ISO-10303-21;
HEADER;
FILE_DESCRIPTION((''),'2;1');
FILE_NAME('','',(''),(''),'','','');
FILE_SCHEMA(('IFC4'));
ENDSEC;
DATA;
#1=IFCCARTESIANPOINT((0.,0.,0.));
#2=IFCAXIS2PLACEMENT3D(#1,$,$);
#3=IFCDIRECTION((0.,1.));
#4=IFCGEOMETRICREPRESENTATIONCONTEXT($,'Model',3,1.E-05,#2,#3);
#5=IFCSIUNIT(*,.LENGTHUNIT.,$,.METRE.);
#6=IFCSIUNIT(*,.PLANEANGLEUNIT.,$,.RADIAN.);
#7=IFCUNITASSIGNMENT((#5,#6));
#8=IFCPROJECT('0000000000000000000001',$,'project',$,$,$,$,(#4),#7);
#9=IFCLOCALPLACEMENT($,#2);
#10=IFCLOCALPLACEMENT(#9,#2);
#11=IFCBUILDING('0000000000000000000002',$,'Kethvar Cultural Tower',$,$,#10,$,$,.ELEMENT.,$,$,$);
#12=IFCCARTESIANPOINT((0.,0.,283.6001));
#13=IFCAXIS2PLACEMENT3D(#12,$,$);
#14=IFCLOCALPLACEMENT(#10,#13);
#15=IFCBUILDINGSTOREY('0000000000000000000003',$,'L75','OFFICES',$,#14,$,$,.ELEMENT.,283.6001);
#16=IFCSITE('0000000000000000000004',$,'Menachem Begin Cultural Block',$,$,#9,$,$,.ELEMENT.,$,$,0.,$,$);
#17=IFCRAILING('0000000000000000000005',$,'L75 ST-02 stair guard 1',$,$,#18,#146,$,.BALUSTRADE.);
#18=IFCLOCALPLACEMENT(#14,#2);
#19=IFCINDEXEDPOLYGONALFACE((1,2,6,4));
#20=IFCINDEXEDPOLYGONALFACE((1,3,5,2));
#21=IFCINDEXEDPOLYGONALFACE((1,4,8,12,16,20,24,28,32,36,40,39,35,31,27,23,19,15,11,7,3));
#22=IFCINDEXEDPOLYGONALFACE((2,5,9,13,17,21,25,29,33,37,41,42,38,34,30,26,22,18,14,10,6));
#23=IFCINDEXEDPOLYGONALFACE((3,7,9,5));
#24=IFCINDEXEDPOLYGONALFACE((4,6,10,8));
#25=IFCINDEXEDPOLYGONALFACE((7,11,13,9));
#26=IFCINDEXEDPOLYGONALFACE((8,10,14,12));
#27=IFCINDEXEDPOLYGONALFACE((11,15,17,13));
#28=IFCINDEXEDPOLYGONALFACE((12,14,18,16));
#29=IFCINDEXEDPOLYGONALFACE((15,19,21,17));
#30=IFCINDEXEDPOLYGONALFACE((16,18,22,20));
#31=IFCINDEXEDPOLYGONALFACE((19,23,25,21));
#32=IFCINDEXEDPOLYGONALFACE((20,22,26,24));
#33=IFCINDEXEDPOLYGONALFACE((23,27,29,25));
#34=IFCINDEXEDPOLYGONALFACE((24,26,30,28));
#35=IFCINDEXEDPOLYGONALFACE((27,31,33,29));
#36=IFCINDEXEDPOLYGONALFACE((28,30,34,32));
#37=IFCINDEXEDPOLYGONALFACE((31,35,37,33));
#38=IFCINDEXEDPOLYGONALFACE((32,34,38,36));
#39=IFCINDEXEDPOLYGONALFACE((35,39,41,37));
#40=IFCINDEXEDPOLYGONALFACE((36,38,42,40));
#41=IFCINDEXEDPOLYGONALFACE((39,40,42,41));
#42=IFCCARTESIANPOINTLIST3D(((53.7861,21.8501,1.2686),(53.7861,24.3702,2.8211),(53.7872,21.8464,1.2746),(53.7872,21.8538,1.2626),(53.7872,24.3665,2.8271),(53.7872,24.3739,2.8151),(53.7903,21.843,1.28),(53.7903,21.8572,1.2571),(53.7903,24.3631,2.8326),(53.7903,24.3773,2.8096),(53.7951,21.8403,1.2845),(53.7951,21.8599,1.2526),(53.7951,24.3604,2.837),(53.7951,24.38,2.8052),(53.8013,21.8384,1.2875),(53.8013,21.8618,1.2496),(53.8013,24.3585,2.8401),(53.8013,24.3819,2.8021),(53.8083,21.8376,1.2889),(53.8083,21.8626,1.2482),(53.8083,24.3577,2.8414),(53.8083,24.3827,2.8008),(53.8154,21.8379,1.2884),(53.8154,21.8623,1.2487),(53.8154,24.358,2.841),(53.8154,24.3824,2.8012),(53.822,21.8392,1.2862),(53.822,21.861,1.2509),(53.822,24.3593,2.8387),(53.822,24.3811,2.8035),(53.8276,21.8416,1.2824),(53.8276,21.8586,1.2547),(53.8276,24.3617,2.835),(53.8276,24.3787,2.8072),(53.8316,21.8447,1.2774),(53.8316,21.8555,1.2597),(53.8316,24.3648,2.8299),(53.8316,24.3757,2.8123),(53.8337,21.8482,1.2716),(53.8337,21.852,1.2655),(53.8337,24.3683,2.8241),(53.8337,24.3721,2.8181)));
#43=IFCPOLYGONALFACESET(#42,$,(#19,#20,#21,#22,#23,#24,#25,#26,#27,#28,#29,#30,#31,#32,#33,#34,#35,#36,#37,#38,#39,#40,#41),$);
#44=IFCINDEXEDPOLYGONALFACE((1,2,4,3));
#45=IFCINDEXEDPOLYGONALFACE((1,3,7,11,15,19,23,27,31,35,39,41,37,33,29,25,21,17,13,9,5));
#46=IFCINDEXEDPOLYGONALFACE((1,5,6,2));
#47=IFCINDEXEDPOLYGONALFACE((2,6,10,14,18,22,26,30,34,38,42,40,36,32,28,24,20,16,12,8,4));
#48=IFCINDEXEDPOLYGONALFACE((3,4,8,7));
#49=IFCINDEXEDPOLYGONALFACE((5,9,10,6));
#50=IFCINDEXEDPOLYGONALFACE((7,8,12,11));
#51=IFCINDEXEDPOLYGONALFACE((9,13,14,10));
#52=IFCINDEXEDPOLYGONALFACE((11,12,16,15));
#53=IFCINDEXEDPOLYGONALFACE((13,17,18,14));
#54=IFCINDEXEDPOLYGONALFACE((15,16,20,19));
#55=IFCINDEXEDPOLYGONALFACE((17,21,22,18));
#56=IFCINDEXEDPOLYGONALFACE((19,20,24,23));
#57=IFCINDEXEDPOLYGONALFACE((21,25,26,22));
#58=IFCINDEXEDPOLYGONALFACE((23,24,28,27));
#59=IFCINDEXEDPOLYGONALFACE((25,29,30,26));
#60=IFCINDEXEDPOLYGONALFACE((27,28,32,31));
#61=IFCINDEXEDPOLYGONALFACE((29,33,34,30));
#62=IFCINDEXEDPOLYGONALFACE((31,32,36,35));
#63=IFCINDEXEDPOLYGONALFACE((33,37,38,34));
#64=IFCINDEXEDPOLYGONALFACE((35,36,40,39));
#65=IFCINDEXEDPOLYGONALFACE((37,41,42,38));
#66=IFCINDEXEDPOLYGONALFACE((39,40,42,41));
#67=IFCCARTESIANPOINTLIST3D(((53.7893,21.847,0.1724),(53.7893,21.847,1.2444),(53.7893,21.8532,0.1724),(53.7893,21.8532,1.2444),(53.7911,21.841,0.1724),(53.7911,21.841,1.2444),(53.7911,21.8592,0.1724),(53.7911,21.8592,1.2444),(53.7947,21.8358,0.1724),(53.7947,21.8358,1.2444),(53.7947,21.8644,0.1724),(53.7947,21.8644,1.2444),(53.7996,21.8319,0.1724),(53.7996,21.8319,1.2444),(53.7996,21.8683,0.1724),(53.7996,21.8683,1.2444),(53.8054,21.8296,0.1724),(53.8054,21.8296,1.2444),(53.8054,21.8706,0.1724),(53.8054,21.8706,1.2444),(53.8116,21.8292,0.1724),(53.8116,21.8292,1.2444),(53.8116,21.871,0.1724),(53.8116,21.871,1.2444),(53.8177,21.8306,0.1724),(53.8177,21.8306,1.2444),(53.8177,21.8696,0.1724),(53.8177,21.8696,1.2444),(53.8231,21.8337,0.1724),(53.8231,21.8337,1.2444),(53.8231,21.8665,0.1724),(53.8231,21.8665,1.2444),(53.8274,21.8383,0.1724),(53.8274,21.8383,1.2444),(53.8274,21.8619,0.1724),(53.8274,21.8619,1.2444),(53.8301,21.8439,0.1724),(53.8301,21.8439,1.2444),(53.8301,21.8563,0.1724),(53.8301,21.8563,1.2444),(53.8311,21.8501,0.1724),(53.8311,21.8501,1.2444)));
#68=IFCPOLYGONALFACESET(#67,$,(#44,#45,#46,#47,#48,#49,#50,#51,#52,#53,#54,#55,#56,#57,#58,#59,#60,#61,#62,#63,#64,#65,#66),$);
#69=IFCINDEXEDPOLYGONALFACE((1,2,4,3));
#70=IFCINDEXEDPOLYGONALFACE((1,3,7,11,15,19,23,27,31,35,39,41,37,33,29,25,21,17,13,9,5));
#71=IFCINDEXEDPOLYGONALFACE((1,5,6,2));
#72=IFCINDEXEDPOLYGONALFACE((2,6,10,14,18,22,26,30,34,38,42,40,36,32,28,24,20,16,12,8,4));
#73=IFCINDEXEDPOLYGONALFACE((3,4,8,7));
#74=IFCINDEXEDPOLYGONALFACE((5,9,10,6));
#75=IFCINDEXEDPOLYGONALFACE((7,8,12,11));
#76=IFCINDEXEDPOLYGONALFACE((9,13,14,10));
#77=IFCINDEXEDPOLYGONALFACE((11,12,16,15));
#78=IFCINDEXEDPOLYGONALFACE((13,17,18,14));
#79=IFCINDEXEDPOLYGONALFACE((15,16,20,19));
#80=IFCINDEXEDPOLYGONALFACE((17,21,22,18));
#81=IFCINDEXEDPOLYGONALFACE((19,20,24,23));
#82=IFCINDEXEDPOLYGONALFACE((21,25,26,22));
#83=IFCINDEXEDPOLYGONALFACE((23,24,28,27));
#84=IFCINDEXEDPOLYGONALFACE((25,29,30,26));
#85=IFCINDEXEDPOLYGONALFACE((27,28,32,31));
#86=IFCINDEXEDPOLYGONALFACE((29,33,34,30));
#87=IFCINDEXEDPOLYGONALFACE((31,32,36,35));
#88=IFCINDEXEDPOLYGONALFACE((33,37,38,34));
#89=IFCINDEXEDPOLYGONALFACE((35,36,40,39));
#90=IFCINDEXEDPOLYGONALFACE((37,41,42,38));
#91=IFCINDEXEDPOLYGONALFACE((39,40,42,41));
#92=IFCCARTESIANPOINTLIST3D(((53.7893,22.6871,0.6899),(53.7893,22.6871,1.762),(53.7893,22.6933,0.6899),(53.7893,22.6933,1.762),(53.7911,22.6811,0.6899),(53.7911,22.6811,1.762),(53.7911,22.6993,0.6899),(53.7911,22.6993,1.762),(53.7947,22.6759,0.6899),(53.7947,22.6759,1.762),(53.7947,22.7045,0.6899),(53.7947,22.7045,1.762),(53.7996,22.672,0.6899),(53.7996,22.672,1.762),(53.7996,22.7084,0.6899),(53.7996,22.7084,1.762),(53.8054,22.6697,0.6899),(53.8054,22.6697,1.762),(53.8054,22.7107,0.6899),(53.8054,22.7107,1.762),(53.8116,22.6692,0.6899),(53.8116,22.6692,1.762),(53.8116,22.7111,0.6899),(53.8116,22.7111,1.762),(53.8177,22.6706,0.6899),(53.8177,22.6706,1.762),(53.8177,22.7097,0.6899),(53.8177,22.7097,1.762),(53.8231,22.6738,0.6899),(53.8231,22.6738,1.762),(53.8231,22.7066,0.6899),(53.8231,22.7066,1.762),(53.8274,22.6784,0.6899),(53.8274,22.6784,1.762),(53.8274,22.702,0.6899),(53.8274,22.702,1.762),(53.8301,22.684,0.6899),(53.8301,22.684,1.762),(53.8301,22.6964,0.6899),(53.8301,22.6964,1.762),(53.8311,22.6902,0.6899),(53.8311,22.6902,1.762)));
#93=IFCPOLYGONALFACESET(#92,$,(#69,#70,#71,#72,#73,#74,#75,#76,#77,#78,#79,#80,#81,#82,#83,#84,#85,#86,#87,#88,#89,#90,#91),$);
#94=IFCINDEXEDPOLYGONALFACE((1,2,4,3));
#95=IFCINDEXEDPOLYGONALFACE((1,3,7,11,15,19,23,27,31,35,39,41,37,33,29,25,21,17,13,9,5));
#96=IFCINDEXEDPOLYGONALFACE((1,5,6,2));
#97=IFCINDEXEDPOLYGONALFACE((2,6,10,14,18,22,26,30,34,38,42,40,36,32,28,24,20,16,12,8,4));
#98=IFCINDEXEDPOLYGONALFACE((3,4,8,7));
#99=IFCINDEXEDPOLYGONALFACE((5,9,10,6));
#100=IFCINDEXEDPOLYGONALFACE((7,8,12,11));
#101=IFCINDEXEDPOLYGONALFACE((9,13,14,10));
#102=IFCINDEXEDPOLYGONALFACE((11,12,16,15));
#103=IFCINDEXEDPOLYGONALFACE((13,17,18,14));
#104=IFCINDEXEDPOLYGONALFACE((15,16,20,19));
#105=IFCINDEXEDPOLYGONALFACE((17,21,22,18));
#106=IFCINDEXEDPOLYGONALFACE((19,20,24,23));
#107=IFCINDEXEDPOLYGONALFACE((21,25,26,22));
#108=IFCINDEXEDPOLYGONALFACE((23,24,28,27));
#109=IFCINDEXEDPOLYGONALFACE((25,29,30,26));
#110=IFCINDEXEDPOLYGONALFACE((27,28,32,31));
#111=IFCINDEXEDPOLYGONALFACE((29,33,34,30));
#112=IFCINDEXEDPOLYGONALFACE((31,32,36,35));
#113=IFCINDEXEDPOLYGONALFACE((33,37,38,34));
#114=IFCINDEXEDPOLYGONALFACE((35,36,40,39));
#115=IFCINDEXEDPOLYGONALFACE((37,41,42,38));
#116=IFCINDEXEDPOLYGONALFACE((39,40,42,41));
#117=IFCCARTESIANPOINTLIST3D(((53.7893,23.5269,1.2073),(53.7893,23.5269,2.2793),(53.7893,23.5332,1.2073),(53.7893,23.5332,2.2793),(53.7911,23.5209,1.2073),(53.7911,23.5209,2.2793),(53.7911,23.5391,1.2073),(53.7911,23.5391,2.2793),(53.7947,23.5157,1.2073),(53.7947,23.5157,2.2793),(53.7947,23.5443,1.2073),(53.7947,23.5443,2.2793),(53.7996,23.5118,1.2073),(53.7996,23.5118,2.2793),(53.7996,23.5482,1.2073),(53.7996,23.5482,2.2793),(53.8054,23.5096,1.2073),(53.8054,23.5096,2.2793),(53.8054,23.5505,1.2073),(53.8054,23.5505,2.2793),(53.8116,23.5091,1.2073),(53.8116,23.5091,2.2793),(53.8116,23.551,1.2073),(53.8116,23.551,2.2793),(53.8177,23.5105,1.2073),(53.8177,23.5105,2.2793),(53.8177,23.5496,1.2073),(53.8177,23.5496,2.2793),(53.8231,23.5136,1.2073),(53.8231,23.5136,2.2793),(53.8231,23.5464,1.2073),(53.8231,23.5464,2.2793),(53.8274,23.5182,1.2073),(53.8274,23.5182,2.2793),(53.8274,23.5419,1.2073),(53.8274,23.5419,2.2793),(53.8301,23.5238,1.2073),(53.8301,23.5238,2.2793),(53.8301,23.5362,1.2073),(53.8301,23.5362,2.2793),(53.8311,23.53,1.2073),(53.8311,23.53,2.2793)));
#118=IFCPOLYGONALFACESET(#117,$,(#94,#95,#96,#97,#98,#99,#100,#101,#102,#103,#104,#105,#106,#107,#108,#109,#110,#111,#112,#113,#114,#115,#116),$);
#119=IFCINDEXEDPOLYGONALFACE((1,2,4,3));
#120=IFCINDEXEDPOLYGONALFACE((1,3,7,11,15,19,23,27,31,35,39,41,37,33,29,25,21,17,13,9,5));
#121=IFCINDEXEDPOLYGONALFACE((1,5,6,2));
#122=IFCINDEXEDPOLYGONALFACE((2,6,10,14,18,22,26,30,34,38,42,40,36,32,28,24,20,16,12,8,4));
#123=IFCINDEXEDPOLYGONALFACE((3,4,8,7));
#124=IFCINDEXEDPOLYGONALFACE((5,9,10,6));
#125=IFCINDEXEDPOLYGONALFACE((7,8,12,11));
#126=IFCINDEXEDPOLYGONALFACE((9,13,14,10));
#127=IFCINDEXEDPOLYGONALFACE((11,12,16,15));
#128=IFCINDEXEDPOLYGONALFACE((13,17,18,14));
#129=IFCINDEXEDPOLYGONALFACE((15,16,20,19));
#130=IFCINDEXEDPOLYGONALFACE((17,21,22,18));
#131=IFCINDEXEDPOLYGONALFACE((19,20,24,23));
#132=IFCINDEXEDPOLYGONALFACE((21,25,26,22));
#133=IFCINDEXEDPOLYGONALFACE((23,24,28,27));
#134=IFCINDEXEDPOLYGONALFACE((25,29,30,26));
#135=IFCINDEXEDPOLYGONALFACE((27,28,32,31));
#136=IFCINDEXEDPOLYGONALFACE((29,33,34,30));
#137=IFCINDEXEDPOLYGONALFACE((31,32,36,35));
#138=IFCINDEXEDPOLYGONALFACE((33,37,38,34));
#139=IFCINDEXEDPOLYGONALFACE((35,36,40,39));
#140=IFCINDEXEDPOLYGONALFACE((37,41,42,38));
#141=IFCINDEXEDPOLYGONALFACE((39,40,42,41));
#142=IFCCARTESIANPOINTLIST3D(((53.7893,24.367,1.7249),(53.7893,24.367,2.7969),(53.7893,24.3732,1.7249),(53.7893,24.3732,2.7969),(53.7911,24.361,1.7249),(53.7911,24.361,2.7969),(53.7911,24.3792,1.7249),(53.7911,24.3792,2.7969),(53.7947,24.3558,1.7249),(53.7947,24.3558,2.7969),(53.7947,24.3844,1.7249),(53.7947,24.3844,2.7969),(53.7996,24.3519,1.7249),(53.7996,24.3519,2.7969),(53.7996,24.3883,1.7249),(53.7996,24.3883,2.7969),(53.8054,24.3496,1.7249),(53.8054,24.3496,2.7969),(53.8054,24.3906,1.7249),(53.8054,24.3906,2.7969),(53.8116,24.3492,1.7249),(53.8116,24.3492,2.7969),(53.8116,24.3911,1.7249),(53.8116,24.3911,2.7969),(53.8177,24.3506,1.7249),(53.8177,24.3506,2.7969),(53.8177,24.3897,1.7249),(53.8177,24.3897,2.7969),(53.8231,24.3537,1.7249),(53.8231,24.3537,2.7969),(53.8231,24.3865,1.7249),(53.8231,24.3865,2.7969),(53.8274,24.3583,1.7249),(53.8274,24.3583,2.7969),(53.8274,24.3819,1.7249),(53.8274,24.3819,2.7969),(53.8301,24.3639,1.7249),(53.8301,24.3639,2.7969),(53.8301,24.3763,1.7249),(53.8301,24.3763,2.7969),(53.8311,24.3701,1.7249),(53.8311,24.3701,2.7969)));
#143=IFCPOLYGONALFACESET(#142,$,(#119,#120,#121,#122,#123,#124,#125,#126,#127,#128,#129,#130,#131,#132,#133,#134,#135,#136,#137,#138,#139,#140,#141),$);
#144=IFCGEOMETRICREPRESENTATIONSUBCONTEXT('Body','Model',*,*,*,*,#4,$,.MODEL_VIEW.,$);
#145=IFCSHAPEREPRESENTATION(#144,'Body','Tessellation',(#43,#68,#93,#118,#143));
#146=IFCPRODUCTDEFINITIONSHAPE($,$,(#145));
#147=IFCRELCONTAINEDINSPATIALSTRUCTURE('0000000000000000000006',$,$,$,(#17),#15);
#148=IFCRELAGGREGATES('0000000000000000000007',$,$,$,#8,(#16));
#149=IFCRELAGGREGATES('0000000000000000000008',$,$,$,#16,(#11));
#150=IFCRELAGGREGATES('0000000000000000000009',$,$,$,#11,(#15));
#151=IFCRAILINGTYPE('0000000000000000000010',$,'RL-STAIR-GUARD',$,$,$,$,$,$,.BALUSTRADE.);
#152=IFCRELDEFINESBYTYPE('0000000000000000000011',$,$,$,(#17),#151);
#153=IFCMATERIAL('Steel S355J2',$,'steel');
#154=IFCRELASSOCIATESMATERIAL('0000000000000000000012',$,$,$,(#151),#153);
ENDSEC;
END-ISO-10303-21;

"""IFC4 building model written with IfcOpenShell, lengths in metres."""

from ifc_helpers import new_model, si_unit, direction, frame, origin, origin_2d, place, context, subcontext, project, spatial, circle, extrude, material, type_object, element, save


model = new_model("IFC4")

# Units and contexts
model_context = context("Model", 3, precision=1e-05, world=origin(), true_north=direction((0.0, 1.0)))
body_context = subcontext(model_context, "Body", "Model", "MODEL_VIEW")
ifc_project = project(units=[si_unit("LENGTHUNIT", "METRE"), si_unit("PLANEANGLEUNIT", "RADIAN")], contexts=[model_context])

# Site, building, storey
site_placement = place(None, origin())
site = spatial("IfcSite", under=ifc_project, at=site_placement, Name="Menachem Begin Cultural Block", CompositionType="ELEMENT", RefElevation=0.0)
building_placement = place(site_placement, origin())
building = spatial("IfcBuilding", under=site, at=building_placement, Name="Kethvar Cultural Tower", CompositionType="ELEMENT")
storey_placement = place(building_placement, frame((0.0, 0.0, 283.6001)))
storey = spatial("IfcBuildingStorey", under=building, at=storey_placement, Name="L75", Description="OFFICES", CompositionType="ELEMENT", Elevation=283.6001)

# Shared definitions
ifc_material_1 = material(Name="Steel S355J2", Category="steel")

# Railing
railing_type_1 = type_object("IfcRailingType", Name="RL-STAIR-GUARD", PredefinedType="BALUSTRADE", material=ifc_material_1)
railing_1_placement = place(storey_placement, frame((53.8101, 21.8501, 0.1724)))
element("IfcRailing", 1, at=railing_1_placement, inside=storey, type_object=railing_type_1, Name="L75 ST-02 stair guard 1", PredefinedType="BALUSTRADE", context=body_context, shape_type="SweptSolid", body=[
    extrude(circle(Radius=0.0239, at=origin_2d()), frame((0.0, 0.0, 1.0962), z_axis=(0.0, 0.8514, 0.524516), x_axis=(-1.0, 0.0, 0.0)), (0.0, 0.0, 1.0), 2.96),
    extrude(circle(Radius=0.021, at=origin_2d()), origin(), (0.0, 0.0, 1.0), 1.072),
    extrude(circle(Radius=0.021, at=origin_2d()), frame((0.0, 0.8401, 0.5176)), (0.0, 0.0, 1.0), 1.072),
    extrude(circle(Radius=0.021, at=origin_2d()), frame((0.0, 1.6799, 1.0349)), (0.0, 0.0, 1.0), 1.072),
    extrude(circle(Radius=0.021, at=origin_2d()), frame((0.0, 2.52, 1.5525)), (0.0, 0.0, 1.0), 1.072),
])

save(model, "model.ifc")
